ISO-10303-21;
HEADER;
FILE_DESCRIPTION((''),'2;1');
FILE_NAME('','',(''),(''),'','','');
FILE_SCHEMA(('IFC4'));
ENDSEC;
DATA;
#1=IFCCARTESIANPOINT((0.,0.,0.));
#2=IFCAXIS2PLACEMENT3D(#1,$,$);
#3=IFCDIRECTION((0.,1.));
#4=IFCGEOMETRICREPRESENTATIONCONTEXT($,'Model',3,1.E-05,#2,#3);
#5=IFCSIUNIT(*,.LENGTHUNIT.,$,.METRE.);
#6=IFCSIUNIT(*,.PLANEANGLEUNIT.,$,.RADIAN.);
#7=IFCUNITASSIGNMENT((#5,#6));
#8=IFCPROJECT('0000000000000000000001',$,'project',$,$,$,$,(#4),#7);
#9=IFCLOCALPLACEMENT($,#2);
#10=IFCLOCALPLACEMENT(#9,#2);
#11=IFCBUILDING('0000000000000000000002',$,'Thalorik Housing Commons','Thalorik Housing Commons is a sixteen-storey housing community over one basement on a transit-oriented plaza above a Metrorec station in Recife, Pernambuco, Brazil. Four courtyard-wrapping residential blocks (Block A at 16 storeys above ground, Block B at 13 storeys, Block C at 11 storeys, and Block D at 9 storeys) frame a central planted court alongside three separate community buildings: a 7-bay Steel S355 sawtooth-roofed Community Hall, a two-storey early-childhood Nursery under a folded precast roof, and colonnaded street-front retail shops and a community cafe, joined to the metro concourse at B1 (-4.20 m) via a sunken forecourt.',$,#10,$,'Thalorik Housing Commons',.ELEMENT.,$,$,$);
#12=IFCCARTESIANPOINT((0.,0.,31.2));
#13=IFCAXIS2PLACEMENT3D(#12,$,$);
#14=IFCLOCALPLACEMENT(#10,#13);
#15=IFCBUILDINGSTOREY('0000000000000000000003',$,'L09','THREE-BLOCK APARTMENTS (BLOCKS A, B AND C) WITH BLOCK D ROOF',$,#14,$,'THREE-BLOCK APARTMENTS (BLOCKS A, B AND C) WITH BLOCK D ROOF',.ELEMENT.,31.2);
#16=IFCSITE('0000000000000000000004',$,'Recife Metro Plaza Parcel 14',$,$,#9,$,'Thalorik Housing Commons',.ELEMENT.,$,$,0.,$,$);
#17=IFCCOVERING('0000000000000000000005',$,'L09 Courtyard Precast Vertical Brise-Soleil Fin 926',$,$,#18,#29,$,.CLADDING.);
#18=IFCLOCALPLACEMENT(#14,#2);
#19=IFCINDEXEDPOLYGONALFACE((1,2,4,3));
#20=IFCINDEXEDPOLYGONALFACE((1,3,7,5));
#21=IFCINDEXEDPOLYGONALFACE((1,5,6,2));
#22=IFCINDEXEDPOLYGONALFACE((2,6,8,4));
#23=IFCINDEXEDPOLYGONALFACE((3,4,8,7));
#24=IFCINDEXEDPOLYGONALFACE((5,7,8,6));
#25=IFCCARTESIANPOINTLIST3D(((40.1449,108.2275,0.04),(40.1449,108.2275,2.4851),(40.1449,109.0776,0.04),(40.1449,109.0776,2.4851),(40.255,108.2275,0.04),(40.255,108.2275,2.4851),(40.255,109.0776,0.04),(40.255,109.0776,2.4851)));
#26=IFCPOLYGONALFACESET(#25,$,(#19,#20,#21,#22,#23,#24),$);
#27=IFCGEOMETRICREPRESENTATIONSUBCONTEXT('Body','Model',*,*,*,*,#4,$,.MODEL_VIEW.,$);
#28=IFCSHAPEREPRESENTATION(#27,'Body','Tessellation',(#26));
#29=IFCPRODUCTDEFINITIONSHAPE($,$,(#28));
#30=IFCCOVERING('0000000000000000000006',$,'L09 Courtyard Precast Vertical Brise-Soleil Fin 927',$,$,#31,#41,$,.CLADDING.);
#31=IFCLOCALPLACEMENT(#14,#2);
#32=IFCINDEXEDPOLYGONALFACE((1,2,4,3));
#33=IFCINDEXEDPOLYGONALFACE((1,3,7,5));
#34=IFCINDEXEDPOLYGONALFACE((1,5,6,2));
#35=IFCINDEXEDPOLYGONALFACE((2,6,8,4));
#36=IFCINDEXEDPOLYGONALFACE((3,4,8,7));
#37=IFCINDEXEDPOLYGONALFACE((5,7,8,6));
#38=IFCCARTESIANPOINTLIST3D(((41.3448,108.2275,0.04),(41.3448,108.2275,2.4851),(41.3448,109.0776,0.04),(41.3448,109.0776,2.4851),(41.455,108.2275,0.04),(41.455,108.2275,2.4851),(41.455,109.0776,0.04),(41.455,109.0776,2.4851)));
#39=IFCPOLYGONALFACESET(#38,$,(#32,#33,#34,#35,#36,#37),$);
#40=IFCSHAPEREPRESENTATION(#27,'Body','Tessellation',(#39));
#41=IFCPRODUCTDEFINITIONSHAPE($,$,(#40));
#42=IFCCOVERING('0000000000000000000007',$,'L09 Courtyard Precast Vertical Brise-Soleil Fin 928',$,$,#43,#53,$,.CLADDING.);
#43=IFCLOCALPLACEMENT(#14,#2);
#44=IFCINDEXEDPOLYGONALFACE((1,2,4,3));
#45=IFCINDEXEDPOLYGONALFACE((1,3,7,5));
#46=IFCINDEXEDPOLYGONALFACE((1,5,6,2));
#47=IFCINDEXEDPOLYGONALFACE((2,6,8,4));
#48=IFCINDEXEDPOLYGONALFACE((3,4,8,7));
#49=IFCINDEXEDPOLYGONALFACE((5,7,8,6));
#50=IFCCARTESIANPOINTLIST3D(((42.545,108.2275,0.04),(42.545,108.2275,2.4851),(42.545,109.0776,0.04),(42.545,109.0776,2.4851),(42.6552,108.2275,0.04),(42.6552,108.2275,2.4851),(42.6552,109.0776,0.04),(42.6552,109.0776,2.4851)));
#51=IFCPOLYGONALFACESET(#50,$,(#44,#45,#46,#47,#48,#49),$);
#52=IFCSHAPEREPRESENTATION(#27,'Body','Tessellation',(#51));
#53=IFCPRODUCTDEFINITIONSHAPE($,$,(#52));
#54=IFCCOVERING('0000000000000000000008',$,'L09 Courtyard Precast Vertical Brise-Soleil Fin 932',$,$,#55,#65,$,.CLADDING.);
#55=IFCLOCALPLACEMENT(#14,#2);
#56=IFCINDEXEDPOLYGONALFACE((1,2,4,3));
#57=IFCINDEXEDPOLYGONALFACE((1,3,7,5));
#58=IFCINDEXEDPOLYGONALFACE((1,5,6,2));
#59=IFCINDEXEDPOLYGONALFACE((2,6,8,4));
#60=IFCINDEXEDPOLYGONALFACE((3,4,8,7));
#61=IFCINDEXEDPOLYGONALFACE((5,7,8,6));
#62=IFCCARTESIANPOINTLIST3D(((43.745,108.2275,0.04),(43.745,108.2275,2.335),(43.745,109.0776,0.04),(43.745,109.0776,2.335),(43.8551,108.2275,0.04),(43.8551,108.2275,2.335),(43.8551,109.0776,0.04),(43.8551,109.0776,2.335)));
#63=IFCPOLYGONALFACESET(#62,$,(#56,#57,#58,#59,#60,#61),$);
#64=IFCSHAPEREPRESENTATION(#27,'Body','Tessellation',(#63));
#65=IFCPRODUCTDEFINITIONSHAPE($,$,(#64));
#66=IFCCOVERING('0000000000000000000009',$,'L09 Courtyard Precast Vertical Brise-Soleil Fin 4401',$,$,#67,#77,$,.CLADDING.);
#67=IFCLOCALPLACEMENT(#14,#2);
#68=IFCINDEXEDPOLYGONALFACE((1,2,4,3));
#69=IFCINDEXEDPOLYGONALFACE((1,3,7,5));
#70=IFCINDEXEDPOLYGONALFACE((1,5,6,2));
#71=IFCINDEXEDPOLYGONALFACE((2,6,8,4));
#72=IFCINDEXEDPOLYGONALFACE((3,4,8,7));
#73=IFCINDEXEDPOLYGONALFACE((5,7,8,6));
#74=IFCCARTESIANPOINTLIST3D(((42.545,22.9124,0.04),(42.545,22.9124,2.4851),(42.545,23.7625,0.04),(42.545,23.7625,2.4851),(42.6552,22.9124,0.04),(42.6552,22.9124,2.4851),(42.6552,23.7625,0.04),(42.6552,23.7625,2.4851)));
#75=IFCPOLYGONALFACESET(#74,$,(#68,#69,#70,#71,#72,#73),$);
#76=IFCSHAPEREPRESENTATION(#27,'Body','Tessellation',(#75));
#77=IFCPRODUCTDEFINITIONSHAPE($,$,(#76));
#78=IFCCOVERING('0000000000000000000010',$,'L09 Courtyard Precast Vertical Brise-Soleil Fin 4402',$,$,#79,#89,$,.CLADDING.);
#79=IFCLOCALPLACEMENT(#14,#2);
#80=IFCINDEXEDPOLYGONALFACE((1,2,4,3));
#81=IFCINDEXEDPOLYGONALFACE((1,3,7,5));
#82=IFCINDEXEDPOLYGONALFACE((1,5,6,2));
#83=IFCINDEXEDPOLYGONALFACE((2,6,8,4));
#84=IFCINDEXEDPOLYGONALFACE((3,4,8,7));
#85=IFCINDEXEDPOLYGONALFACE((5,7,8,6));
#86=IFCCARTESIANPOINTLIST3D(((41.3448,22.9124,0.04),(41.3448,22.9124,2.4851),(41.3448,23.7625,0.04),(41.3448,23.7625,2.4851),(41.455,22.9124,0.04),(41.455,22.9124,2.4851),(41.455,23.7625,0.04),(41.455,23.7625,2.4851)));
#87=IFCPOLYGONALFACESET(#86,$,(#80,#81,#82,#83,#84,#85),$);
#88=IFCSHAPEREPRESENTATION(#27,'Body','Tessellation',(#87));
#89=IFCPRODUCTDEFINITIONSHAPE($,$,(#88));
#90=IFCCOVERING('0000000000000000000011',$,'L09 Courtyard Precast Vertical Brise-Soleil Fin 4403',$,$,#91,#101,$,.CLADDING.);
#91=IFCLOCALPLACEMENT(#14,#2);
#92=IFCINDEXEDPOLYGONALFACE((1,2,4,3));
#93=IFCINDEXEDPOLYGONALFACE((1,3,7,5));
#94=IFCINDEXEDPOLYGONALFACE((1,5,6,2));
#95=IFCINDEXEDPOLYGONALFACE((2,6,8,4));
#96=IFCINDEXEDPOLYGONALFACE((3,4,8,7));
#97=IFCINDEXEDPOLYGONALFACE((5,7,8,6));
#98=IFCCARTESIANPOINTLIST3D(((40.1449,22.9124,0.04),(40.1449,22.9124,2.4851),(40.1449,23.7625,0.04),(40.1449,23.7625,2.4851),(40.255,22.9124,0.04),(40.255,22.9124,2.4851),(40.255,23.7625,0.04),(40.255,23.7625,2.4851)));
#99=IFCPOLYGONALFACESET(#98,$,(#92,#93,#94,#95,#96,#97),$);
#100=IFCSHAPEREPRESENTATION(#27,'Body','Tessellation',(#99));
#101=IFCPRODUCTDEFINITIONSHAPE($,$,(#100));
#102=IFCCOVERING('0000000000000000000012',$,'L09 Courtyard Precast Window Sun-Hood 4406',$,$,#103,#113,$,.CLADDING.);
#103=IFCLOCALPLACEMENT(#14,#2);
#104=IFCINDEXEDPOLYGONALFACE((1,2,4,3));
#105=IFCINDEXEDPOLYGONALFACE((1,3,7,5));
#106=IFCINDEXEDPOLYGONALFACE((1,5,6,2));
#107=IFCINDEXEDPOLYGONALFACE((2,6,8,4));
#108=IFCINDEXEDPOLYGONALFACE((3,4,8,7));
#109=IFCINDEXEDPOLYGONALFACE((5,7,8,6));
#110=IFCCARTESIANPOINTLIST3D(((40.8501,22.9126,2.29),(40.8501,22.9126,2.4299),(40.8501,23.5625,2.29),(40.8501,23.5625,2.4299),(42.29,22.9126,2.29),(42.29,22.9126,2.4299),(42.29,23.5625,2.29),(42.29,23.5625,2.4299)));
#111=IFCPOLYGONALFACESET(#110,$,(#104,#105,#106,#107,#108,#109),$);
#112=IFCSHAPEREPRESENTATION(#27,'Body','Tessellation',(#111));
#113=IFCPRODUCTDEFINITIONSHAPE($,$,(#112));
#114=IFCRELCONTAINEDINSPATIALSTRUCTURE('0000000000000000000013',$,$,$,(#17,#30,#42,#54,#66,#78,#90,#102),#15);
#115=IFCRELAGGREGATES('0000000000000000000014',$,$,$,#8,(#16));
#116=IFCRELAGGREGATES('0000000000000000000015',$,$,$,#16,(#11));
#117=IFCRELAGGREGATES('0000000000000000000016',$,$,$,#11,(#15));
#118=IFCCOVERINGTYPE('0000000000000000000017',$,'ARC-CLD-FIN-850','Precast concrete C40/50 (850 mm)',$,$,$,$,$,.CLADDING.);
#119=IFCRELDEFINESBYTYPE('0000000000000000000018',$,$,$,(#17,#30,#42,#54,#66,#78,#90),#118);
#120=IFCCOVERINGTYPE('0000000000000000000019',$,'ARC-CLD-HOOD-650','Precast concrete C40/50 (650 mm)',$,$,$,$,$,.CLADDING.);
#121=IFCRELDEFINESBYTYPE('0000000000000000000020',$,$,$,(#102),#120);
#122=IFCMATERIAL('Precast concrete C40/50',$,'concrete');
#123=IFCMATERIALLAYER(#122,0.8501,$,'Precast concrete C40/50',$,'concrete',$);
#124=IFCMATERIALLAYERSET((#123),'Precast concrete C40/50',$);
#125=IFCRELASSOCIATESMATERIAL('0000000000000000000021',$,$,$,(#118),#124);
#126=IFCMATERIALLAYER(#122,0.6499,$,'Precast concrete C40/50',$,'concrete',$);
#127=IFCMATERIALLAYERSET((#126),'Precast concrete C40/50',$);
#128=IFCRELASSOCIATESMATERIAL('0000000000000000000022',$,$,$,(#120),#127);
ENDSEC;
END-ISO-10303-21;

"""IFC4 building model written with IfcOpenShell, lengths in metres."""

from ifc_helpers import new_model, si_unit, direction, frame, origin, origin_2d, place, context, subcontext, project, spatial, rectangle, extrude, material, layer, layer_set, type_object, element, save


model = new_model("IFC4")

# Units and contexts
model_context = context("Model", 3, precision=1e-05, world=origin(), true_north=direction((0.0, 1.0)))
body_context = subcontext(model_context, "Body", "Model", "MODEL_VIEW")
ifc_project = project(units=[si_unit("LENGTHUNIT", "METRE"), si_unit("PLANEANGLEUNIT", "RADIAN")], contexts=[model_context])

# Site, building, storey
site_placement = place(None, origin())
site = spatial("IfcSite", under=ifc_project, at=site_placement, Name="Recife Metro Plaza Parcel 14", LongName="Thalorik Housing Commons", CompositionType="ELEMENT", RefElevation=0.0)
building_placement = place(site_placement, origin())
building = spatial("IfcBuilding", under=site, at=building_placement, Name="Thalorik Housing Commons", Description="Thalorik Housing Commons is a sixteen-storey housing community over one basement on a transit-oriented plaza above a Metrorec station in Recife, Pernambuco, Brazil. Four courtyard-wrapping residential blocks (Block A at 16 storeys above ground, Block B at 13 storeys, Block C at 11 storeys, and Block D at 9 storeys) frame a central planted court alongside three separate community buildings: a 7-bay Steel S355 sawtooth-roofed Community Hall, a two-storey early-childhood Nursery under a folded precast roof, and colonnaded street-front retail shops and a community cafe, joined to the metro concourse at B1 (-4.20 m) via a sunken forecourt.", LongName="Thalorik Housing Commons", CompositionType="ELEMENT")
storey_placement = place(building_placement, frame((0.0, 0.0, 31.2)))
storey = spatial("IfcBuildingStorey", under=building, at=storey_placement, Name="L09", Description="THREE-BLOCK APARTMENTS (BLOCKS A, B AND C) WITH BLOCK D ROOF", LongName="THREE-BLOCK APARTMENTS (BLOCKS A, B AND C) WITH BLOCK D ROOF", CompositionType="ELEMENT", Elevation=31.2)

# Shared definitions
ifc_material_1 = material(Name="Precast concrete C40/50", Category="concrete")

# Coverings
ifc_layer_1 = layer(ifc_material_1, 0.8501, Name="Precast concrete C40/50", Category="concrete")
ifc_layer_set_1 = layer_set([ifc_layer_1], Name="Precast concrete C40/50")
covering_type_1 = type_object("IfcCoveringType", Name="ARC-CLD-FIN-850", Description="Precast concrete C40/50 (850 mm)", PredefinedType="CLADDING", material=ifc_layer_set_1)
for number, where, z_axis, x_axis, name in (
    (1, (40.2, 108.6526, 0.04), (0.0, 0.0, 1.0), (1.0, 0.0, 0.0), "L09 Courtyard Precast Vertical Brise-Soleil Fin 926"),
    (2, (41.3999, 108.6526, 0.04), (0.0, 0.0, 1.0), (1.0, 0.0, 0.0), "L09 Courtyard Precast Vertical Brise-Soleil Fin 927"),
    (3, (42.6001, 108.6526, 0.04), (0.0, 0.0, 1.0), (1.0, 0.0, 0.0), "L09 Courtyard Precast Vertical Brise-Soleil Fin 928"),
):
    element("IfcCovering", number, at=place(storey_placement, frame(where, z_axis=z_axis, x_axis=x_axis)), inside=storey, type_object=covering_type_1, Name=name, PredefinedType="CLADDING", context=body_context, shape_type="SweptSolid", body=[
        extrude(rectangle(XDim=0.1101, YDim=0.8501, at=origin_2d()), origin(), (0.0, 0.0, 1.0), 2.4451),
    ])
covering_1_placement = place(storey_placement, frame((43.8, 108.6526, 0.04), z_axis=(0.0, 0.0, 1.0), x_axis=(1.0, 0.0, 0.0)))
element("IfcCovering", 4, at=covering_1_placement, inside=storey, type_object=covering_type_1, Name="L09 Courtyard Precast Vertical Brise-Soleil Fin 932", PredefinedType="CLADDING", context=body_context, shape_type="SweptSolid", body=[
    extrude(rectangle(XDim=0.1101, YDim=0.8501, at=origin_2d()), origin(), (0.0, 0.0, 1.0), 2.2949),
])
for number, where, z_axis, x_axis, name in (
    (5, (42.6001, 23.3374, 0.04), (0.0, 0.0, 1.0), (-1.0, 0.0, 0.0), "L09 Courtyard Precast Vertical Brise-Soleil Fin 4401"),
    (6, (41.3999, 23.3374, 0.04), (0.0, 0.0, 1.0), (-1.0, 0.0, 0.0), "L09 Courtyard Precast Vertical Brise-Soleil Fin 4402"),
    (7, (40.2, 23.3374, 0.04), (0.0, 0.0, 1.0), (-1.0, 0.0, 0.0), "L09 Courtyard Precast Vertical Brise-Soleil Fin 4403"),
):
    element("IfcCovering", number, at=place(storey_placement, frame(where, z_axis=z_axis, x_axis=x_axis)), inside=storey, type_object=covering_type_1, Name=name, PredefinedType="CLADDING", context=body_context, shape_type="SweptSolid", body=[
        extrude(rectangle(XDim=0.1101, YDim=0.8501, at=origin_2d()), origin(), (0.0, 0.0, 1.0), 2.4451),
    ])
ifc_layer_2 = layer(ifc_material_1, 0.6499, Name="Precast concrete C40/50", Category="concrete")
ifc_layer_set_2 = layer_set([ifc_layer_2], Name="Precast concrete C40/50")
covering_type_2 = type_object("IfcCoveringType", Name="ARC-CLD-HOOD-650", Description="Precast concrete C40/50 (650 mm)", PredefinedType="CLADDING", material=ifc_layer_set_2)
covering_2_placement = place(storey_placement, frame((41.5701, 23.2375, 2.29), z_axis=(0.0, 0.0, 1.0), x_axis=(-1.0, 0.0, 0.0)))
element("IfcCovering", 8, at=covering_2_placement, inside=storey, type_object=covering_type_2, Name="L09 Courtyard Precast Window Sun-Hood 4406", PredefinedType="CLADDING", context=body_context, shape_type="SweptSolid", body=[
    extrude(rectangle(XDim=1.4399, YDim=0.6499, at=origin_2d()), origin(), (0.0, 0.0, 1.0), 0.1399),
])

save(model, "model.ifc")
